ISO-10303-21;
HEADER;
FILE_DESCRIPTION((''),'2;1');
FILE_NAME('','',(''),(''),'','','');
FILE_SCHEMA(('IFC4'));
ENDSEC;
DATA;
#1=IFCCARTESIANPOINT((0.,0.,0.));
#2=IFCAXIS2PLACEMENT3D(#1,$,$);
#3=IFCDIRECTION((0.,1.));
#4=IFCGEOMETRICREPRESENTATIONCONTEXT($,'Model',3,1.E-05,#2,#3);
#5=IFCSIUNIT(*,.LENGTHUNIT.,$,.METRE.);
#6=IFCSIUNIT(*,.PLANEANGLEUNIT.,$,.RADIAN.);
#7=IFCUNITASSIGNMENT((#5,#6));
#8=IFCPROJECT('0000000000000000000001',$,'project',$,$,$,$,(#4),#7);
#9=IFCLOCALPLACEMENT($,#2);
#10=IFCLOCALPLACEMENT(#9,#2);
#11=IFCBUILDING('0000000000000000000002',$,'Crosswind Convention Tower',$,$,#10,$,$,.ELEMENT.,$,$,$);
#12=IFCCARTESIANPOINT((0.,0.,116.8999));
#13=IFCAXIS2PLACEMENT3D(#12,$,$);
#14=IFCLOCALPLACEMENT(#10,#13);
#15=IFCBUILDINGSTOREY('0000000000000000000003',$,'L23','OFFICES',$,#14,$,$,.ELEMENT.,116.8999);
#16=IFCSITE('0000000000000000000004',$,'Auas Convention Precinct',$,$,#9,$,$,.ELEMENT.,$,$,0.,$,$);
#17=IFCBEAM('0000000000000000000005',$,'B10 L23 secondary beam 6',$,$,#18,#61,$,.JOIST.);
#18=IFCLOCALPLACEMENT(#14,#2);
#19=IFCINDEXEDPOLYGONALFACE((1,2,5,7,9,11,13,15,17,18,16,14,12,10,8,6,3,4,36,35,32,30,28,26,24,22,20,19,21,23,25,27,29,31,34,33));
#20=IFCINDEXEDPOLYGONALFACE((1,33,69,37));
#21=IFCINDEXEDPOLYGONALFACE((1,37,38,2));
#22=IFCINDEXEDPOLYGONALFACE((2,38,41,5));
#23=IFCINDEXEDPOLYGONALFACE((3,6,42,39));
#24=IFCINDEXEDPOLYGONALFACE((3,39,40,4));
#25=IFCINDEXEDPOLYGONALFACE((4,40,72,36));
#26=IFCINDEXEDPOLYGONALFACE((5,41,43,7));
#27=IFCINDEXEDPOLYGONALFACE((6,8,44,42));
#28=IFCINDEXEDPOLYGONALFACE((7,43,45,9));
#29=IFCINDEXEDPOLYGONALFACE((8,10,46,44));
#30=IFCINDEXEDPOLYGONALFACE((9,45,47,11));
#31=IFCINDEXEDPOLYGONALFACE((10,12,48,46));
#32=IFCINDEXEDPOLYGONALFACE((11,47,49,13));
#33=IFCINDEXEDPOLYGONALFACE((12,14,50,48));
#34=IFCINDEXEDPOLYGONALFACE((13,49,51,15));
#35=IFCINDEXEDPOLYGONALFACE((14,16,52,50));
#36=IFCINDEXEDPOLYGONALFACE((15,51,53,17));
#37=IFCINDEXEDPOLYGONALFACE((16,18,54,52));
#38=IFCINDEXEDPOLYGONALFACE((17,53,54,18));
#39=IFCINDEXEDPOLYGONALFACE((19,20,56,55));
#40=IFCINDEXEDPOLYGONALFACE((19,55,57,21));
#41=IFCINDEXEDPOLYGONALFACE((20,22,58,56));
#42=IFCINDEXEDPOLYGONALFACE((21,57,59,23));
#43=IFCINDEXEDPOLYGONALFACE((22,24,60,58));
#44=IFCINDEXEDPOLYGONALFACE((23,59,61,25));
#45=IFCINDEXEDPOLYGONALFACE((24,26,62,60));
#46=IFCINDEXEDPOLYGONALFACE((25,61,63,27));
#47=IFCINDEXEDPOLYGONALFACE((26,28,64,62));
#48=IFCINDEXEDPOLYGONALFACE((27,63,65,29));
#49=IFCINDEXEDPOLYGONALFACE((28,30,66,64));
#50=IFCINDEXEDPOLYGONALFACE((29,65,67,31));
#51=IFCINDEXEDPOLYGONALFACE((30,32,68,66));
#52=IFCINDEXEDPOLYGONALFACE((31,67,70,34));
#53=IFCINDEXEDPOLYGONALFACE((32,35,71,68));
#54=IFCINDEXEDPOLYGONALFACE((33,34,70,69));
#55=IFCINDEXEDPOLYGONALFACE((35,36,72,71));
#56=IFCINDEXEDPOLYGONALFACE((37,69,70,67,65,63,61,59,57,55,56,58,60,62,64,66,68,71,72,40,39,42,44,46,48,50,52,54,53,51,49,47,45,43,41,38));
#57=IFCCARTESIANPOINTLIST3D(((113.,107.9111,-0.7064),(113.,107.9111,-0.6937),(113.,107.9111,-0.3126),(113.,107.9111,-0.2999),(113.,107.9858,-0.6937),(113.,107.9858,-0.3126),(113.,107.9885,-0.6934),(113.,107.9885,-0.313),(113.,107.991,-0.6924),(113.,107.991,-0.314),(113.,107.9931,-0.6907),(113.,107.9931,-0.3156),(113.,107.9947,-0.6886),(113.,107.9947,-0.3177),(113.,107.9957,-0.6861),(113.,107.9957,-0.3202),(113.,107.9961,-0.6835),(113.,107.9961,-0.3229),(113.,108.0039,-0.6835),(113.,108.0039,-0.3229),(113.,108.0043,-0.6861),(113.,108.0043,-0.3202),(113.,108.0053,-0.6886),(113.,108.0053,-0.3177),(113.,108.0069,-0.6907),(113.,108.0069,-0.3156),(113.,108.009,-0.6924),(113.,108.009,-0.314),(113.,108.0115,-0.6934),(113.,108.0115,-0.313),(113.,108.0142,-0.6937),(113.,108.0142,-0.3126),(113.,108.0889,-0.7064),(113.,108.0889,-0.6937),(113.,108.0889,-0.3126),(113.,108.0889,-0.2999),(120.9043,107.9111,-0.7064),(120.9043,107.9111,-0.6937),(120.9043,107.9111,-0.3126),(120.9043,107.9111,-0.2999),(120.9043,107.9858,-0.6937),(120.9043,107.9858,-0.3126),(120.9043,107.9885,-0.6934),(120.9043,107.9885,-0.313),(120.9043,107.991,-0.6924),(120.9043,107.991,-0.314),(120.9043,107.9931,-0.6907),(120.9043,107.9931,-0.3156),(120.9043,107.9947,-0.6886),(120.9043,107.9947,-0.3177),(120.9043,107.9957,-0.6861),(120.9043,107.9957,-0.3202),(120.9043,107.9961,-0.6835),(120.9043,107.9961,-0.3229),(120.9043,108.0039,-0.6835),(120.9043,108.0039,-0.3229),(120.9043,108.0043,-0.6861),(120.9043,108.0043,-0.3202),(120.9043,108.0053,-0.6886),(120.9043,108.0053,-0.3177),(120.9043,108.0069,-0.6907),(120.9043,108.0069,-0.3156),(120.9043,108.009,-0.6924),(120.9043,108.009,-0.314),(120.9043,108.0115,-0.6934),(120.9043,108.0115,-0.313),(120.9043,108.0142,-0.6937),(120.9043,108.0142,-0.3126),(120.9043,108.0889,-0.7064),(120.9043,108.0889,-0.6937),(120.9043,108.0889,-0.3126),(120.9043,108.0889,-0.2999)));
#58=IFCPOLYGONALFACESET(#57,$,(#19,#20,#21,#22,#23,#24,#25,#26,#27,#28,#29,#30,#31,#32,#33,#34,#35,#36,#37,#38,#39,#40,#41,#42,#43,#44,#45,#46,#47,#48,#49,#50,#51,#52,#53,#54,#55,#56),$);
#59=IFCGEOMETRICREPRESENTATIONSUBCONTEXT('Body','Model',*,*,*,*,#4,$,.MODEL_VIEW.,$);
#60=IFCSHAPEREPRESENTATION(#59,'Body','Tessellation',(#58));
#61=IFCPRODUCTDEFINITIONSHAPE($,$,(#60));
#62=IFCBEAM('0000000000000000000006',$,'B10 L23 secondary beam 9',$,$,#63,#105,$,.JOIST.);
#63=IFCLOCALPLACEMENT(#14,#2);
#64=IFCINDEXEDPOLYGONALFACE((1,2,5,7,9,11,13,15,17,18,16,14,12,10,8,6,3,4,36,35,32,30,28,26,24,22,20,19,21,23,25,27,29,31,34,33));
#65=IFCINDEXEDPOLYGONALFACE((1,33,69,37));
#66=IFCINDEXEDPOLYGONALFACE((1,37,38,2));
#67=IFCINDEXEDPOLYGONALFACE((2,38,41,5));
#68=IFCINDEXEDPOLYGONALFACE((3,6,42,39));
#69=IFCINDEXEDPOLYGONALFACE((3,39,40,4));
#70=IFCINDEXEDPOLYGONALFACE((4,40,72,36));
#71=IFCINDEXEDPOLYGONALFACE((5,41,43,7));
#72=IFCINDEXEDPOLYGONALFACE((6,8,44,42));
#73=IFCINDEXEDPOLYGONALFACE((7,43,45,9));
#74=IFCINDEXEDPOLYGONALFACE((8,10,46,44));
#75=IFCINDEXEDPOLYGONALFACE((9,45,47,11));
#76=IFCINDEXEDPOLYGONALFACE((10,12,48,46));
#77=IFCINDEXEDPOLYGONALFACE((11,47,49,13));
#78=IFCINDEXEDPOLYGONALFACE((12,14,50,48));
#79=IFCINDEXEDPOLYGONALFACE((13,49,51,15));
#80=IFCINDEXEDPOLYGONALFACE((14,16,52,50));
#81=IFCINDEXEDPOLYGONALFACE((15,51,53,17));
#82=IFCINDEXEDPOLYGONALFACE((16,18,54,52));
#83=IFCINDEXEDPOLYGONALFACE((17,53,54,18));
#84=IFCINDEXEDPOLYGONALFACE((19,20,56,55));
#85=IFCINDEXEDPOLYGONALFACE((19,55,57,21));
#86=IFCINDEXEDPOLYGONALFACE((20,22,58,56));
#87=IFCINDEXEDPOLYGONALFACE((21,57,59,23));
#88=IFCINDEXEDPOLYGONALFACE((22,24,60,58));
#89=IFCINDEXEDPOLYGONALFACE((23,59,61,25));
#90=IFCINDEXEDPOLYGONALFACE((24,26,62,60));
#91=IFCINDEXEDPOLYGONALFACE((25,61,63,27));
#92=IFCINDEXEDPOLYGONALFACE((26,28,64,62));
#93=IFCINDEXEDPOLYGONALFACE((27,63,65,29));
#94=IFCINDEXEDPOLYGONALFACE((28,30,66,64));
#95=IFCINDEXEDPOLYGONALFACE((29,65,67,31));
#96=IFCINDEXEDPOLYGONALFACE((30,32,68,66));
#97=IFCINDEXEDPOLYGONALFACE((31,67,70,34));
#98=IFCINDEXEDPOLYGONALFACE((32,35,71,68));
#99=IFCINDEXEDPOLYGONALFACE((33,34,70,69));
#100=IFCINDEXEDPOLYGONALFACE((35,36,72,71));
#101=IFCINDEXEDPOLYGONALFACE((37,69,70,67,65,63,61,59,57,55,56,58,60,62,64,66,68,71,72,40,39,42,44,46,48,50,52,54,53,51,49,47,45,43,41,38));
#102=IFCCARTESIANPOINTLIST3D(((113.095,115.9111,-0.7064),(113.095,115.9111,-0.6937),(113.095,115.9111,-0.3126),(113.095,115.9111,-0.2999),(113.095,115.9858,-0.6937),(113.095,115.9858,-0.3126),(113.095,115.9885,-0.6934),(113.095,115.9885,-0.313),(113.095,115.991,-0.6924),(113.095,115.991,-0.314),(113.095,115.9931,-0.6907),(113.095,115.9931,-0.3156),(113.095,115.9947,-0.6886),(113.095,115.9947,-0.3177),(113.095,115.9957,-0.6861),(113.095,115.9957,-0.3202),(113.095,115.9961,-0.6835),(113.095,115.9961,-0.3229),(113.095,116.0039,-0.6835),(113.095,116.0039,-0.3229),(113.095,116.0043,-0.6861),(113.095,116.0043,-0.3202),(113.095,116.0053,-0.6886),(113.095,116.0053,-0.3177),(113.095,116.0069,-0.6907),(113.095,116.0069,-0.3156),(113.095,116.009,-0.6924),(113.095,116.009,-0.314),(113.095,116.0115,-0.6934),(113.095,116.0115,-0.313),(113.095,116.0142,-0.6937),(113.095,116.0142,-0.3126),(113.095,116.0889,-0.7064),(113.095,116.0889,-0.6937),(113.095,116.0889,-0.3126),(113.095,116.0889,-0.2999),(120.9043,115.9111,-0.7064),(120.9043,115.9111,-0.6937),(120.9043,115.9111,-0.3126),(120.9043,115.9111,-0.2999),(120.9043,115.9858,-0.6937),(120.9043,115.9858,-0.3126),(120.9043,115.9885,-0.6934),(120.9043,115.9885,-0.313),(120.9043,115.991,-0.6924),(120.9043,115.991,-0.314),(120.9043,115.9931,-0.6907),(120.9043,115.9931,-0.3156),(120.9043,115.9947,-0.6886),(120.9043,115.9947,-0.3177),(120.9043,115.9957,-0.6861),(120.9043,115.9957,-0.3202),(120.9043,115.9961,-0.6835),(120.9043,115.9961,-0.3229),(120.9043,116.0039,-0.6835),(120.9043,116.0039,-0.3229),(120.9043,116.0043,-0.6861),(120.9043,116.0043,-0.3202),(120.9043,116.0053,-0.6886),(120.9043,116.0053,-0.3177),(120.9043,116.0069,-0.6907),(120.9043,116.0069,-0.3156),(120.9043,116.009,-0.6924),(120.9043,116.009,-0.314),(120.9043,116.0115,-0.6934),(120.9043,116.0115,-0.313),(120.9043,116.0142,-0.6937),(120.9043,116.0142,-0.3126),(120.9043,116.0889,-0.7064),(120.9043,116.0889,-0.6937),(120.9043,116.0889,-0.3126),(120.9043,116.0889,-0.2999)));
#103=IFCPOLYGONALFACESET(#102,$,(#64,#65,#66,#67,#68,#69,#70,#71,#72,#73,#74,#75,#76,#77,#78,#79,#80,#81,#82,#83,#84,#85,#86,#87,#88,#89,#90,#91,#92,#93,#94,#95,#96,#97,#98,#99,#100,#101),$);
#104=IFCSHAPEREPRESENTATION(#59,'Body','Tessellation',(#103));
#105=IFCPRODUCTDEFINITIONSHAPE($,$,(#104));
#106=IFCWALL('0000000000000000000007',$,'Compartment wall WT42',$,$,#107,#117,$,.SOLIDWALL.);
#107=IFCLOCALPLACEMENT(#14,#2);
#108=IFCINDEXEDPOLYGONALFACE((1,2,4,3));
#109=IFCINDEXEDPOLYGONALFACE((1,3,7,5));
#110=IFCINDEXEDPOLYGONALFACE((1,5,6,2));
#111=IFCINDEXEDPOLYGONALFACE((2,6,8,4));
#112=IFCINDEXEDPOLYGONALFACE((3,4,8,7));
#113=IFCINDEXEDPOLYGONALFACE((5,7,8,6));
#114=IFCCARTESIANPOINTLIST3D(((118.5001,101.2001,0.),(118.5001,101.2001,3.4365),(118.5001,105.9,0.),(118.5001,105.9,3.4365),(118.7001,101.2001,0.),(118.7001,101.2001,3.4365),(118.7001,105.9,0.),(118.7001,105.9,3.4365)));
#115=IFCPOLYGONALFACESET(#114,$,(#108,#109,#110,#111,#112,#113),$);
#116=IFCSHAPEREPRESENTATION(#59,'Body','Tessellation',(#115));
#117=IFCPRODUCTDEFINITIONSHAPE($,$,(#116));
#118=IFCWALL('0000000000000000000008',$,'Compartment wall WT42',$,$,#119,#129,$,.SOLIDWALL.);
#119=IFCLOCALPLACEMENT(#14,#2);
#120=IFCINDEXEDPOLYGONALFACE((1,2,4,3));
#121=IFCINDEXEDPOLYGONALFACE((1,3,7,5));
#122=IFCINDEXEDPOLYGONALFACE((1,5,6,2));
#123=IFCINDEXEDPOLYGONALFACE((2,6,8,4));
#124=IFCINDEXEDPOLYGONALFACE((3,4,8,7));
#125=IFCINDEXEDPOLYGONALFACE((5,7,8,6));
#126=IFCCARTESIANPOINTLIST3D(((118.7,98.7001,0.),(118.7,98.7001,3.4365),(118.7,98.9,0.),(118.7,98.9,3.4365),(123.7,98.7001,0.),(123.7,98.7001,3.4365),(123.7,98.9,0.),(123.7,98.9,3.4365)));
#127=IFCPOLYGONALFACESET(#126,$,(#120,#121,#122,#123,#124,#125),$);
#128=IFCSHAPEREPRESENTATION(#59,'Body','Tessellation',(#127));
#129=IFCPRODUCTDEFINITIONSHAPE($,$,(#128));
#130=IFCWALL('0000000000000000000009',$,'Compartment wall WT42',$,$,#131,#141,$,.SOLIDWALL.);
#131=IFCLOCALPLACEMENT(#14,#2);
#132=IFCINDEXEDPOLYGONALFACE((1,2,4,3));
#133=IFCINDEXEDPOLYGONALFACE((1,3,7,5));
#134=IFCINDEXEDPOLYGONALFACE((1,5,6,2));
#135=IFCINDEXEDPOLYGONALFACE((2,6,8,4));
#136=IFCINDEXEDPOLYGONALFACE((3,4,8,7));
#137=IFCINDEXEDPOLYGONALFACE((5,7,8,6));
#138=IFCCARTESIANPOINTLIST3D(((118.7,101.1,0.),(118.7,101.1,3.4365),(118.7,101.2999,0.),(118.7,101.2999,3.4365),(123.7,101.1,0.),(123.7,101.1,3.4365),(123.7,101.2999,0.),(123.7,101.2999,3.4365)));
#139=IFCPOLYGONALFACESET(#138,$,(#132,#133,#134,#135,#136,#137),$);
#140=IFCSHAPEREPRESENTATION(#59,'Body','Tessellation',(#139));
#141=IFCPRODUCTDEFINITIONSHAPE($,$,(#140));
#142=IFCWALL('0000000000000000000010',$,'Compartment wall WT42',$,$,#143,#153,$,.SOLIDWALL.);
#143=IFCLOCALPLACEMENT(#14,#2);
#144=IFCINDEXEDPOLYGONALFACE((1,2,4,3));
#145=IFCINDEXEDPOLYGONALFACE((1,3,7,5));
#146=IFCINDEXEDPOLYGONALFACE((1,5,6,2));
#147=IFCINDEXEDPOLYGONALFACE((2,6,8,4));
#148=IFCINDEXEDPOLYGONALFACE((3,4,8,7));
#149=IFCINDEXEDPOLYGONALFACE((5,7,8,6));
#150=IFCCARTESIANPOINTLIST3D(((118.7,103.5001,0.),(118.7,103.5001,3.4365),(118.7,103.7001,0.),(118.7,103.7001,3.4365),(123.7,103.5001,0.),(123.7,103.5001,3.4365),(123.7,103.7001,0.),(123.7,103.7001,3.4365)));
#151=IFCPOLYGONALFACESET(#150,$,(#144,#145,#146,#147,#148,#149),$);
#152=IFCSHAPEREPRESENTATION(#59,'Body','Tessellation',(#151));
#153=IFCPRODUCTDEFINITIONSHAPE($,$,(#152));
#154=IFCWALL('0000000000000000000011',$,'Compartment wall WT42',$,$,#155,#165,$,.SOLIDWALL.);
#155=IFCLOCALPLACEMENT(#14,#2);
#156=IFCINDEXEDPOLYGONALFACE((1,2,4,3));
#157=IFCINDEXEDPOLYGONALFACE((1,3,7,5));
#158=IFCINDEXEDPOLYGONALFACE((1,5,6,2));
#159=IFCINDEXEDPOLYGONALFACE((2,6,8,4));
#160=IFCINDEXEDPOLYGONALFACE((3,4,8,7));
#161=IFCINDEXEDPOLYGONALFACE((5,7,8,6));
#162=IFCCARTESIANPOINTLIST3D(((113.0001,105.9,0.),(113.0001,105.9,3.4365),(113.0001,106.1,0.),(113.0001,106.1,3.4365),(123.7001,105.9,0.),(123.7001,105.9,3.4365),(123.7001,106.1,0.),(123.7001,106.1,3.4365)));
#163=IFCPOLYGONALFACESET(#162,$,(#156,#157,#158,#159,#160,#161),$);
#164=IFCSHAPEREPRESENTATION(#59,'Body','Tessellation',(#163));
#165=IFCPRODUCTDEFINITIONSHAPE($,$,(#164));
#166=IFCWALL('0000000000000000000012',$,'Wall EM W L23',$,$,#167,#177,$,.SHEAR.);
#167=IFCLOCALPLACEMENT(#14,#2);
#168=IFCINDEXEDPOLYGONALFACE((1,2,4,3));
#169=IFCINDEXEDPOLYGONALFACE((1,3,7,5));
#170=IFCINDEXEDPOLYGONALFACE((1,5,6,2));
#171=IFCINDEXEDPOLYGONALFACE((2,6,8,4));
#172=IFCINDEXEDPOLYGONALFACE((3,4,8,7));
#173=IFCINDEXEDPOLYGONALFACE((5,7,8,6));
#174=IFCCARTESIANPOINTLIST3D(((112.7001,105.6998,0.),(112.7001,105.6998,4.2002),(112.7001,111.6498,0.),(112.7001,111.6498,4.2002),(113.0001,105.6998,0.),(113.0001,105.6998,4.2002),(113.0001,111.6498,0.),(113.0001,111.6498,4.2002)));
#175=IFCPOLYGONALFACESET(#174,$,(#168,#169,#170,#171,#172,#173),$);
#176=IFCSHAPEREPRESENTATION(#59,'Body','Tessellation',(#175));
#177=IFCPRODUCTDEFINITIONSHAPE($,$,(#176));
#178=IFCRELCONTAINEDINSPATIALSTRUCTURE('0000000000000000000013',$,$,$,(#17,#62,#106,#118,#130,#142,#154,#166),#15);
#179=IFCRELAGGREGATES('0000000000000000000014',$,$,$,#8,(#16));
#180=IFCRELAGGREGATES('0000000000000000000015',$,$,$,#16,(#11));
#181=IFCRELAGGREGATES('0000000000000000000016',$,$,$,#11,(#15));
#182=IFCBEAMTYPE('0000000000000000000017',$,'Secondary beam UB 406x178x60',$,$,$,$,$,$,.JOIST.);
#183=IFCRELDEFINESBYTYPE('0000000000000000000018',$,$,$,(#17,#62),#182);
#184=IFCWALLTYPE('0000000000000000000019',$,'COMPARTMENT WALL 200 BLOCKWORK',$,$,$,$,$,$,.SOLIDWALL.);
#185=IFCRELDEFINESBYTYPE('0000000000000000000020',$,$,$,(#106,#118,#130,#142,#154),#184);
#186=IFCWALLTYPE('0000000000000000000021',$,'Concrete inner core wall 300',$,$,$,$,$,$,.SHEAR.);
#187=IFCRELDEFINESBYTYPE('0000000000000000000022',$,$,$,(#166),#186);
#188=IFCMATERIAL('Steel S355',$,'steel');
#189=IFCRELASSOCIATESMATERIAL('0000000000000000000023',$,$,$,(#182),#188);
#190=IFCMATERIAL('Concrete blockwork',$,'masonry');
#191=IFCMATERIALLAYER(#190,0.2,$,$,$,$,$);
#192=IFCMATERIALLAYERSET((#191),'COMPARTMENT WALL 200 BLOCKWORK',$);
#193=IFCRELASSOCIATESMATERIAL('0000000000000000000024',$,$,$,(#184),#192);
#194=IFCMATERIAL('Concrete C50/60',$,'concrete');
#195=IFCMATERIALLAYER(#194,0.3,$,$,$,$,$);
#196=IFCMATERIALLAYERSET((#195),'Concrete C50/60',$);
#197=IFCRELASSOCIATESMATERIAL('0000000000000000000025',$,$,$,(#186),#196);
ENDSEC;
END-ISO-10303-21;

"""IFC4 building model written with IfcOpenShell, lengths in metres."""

from ifc_helpers import new_model, si_unit, direction, frame, frame_2d, origin, origin_2d, place, context, subcontext, project, spatial, rectangle, i_section, extrude, material, layer, layer_set, material_profile, profile_set, type_object, element, save


model = new_model("IFC4")

# Units and contexts
model_context = context("Model", 3, precision=1e-05, world=origin(), true_north=direction((0.0, 1.0)))
body_context = subcontext(model_context, "Body", "Model", "MODEL_VIEW")
ifc_project = project(units=[si_unit("LENGTHUNIT", "METRE"), si_unit("PLANEANGLEUNIT", "RADIAN")], contexts=[model_context])

# Site, building, storey
site_placement = place(None, origin())
site = spatial("IfcSite", under=ifc_project, at=site_placement, Name="Auas Convention Precinct", CompositionType="ELEMENT", RefElevation=0.0)
building_placement = place(site_placement, origin())
building = spatial("IfcBuilding", under=site, at=building_placement, Name="Crosswind Convention Tower", CompositionType="ELEMENT")
storey_placement = place(building_placement, frame((0.0, 0.0, 116.8999)))
storey = spatial("IfcBuildingStorey", under=building, at=storey_placement, Name="L23", Description="OFFICES", CompositionType="ELEMENT", Elevation=116.8999)

# Shared definitions
ifc_material_1 = material(Name="Steel S355", Category="steel")

# Beams
ifc_material_profile_1 = material_profile(ifc_material_1, i_section(OverallWidth=0.1777, OverallDepth=0.4065, WebThickness=0.0078, FlangeThickness=0.0127, FilletRadius=0.0103, at=origin_2d()), Name="UB 406x178x60")
ifc_profile_set_1 = profile_set([ifc_material_profile_1], Name="Steel S355")
beam_type_1 = type_object("IfcBeamType", Name="Secondary beam UB 406x178x60", PredefinedType="JOIST", material=ifc_profile_set_1)
for number, where, z_axis, x_axis, name in (
    (1, (113.0, 108.0, -0.5032), (1.0, 0.0, 0.0), (0.0, 1.0, 0.0), "B10 L23 secondary beam 6"),
):
    element("IfcBeam", number, at=place(storey_placement, frame(where, z_axis=z_axis, x_axis=x_axis)), inside=storey, type_object=beam_type_1, Name=name, PredefinedType="JOIST", context=body_context, shape_type="SweptSolid", body=[
        extrude(i_section(OverallWidth=0.1777, OverallDepth=0.4065, WebThickness=0.0078, FlangeThickness=0.0127, FilletRadius=0.0103, at=origin_2d()), origin(), (0.0, 0.0, 1.0), 7.9043),
    ])
beam_1_placement = place(storey_placement, frame((113.095, 116.0, -0.5032), z_axis=(1.0, 0.0, 0.0), x_axis=(0.0, 1.0, 0.0)))
element("IfcBeam", 2, at=beam_1_placement, inside=storey, type_object=beam_type_1, Name="B10 L23 secondary beam 9", PredefinedType="JOIST", context=body_context, shape_type="SweptSolid", body=[
    extrude(i_section(OverallWidth=0.1777, OverallDepth=0.4065, WebThickness=0.0078, FlangeThickness=0.0127, FilletRadius=0.0103, at=origin_2d()), origin(), (0.0, 0.0, 1.0), 7.8093),
])

# Walls
ifc_material_2 = material(Name="Concrete blockwork", Category="masonry")
ifc_layer_1 = layer(ifc_material_2, 0.2)
ifc_layer_set_1 = layer_set([ifc_layer_1], Name="COMPARTMENT WALL 200 BLOCKWORK")
wall_type_1 = type_object("IfcWallType", Name="COMPARTMENT WALL 200 BLOCKWORK", PredefinedType="SOLIDWALL", material=ifc_layer_set_1)
wall_1_placement = place(storey_placement, frame((118.6001, 101.2, 0.0), z_axis=(0.0, 0.0, 1.0), x_axis=(0.0, 1.0, 0.0)))
element("IfcWall", 3, at=wall_1_placement, inside=storey, type_object=wall_type_1, Name="Compartment wall WT42", PredefinedType="SOLIDWALL", context=body_context, shape_type="SweptSolid", body=[
    extrude(rectangle(XDim=4.7, YDim=0.2, at=frame_2d((2.3501, 0.0))), origin(), (0.0, 0.0, 1.0), 3.4365),
])
for number, where, z_axis, x_axis, name in (
    (4, (118.7, 98.8, 0.0), (0.0, 0.0, 1.0), (1.0, 0.0, 0.0), "Compartment wall WT42"),
    (5, (118.7, 101.2, 0.0), (0.0, 0.0, 1.0), (1.0, 0.0, 0.0), "Compartment wall WT42"),
    (6, (118.7, 103.6001, 0.0), (0.0, 0.0, 1.0), (1.0, 0.0, 0.0), "Compartment wall WT42"),
):
    element("IfcWall", number, at=place(storey_placement, frame(where, z_axis=z_axis, x_axis=x_axis)), inside=storey, type_object=wall_type_1, Name=name, PredefinedType="SOLIDWALL", context=body_context, shape_type="SweptSolid", body=[
        extrude(rectangle(XDim=5.0, YDim=0.2, at=frame_2d((2.5, 0.0))), origin(), (0.0, 0.0, 1.0), 3.4365),
    ])
wall_2_placement = place(storey_placement, frame((113.0, 106.0, 0.0), z_axis=(0.0, 0.0, 1.0), x_axis=(1.0, 0.0, 0.0)))
element("IfcWall", 7, at=wall_2_placement, inside=storey, type_object=wall_type_1, Name="Compartment wall WT42", PredefinedType="SOLIDWALL", context=body_context, shape_type="SweptSolid", body=[
    extrude(rectangle(XDim=10.7, YDim=0.2, at=frame_2d((5.3501, 0.0))), origin(), (0.0, 0.0, 1.0), 3.4365),
])

# Shared definitions
ifc_material_3 = material(Name="Concrete C50/60", Category="concrete")
ifc_layer_2 = layer(ifc_material_3, 0.3)
ifc_layer_set_2 = layer_set([ifc_layer_2], Name="Concrete C50/60")
wall_type_2 = type_object("IfcWallType", Name="Concrete inner core wall 300", PredefinedType="SHEAR", material=ifc_layer_set_2)

# Wall
wall_3_placement = place(storey_placement, frame((112.8501, 111.6499, 0.0), z_axis=(0.0, 0.0, 1.0), x_axis=(0.0, -1.0, 0.0)))
element("IfcWall", 8, at=wall_3_placement, inside=storey, type_object=wall_type_2, Name="Wall EM W L23", PredefinedType="SHEAR", context=body_context, shape_type="SweptSolid", body=[
    extrude(rectangle(XDim=5.95, YDim=0.3, at=frame_2d((2.9751, 0.0))), origin(), (0.0, 0.0, 1.0), 4.2002),
])

save(model, "model.ifc")
